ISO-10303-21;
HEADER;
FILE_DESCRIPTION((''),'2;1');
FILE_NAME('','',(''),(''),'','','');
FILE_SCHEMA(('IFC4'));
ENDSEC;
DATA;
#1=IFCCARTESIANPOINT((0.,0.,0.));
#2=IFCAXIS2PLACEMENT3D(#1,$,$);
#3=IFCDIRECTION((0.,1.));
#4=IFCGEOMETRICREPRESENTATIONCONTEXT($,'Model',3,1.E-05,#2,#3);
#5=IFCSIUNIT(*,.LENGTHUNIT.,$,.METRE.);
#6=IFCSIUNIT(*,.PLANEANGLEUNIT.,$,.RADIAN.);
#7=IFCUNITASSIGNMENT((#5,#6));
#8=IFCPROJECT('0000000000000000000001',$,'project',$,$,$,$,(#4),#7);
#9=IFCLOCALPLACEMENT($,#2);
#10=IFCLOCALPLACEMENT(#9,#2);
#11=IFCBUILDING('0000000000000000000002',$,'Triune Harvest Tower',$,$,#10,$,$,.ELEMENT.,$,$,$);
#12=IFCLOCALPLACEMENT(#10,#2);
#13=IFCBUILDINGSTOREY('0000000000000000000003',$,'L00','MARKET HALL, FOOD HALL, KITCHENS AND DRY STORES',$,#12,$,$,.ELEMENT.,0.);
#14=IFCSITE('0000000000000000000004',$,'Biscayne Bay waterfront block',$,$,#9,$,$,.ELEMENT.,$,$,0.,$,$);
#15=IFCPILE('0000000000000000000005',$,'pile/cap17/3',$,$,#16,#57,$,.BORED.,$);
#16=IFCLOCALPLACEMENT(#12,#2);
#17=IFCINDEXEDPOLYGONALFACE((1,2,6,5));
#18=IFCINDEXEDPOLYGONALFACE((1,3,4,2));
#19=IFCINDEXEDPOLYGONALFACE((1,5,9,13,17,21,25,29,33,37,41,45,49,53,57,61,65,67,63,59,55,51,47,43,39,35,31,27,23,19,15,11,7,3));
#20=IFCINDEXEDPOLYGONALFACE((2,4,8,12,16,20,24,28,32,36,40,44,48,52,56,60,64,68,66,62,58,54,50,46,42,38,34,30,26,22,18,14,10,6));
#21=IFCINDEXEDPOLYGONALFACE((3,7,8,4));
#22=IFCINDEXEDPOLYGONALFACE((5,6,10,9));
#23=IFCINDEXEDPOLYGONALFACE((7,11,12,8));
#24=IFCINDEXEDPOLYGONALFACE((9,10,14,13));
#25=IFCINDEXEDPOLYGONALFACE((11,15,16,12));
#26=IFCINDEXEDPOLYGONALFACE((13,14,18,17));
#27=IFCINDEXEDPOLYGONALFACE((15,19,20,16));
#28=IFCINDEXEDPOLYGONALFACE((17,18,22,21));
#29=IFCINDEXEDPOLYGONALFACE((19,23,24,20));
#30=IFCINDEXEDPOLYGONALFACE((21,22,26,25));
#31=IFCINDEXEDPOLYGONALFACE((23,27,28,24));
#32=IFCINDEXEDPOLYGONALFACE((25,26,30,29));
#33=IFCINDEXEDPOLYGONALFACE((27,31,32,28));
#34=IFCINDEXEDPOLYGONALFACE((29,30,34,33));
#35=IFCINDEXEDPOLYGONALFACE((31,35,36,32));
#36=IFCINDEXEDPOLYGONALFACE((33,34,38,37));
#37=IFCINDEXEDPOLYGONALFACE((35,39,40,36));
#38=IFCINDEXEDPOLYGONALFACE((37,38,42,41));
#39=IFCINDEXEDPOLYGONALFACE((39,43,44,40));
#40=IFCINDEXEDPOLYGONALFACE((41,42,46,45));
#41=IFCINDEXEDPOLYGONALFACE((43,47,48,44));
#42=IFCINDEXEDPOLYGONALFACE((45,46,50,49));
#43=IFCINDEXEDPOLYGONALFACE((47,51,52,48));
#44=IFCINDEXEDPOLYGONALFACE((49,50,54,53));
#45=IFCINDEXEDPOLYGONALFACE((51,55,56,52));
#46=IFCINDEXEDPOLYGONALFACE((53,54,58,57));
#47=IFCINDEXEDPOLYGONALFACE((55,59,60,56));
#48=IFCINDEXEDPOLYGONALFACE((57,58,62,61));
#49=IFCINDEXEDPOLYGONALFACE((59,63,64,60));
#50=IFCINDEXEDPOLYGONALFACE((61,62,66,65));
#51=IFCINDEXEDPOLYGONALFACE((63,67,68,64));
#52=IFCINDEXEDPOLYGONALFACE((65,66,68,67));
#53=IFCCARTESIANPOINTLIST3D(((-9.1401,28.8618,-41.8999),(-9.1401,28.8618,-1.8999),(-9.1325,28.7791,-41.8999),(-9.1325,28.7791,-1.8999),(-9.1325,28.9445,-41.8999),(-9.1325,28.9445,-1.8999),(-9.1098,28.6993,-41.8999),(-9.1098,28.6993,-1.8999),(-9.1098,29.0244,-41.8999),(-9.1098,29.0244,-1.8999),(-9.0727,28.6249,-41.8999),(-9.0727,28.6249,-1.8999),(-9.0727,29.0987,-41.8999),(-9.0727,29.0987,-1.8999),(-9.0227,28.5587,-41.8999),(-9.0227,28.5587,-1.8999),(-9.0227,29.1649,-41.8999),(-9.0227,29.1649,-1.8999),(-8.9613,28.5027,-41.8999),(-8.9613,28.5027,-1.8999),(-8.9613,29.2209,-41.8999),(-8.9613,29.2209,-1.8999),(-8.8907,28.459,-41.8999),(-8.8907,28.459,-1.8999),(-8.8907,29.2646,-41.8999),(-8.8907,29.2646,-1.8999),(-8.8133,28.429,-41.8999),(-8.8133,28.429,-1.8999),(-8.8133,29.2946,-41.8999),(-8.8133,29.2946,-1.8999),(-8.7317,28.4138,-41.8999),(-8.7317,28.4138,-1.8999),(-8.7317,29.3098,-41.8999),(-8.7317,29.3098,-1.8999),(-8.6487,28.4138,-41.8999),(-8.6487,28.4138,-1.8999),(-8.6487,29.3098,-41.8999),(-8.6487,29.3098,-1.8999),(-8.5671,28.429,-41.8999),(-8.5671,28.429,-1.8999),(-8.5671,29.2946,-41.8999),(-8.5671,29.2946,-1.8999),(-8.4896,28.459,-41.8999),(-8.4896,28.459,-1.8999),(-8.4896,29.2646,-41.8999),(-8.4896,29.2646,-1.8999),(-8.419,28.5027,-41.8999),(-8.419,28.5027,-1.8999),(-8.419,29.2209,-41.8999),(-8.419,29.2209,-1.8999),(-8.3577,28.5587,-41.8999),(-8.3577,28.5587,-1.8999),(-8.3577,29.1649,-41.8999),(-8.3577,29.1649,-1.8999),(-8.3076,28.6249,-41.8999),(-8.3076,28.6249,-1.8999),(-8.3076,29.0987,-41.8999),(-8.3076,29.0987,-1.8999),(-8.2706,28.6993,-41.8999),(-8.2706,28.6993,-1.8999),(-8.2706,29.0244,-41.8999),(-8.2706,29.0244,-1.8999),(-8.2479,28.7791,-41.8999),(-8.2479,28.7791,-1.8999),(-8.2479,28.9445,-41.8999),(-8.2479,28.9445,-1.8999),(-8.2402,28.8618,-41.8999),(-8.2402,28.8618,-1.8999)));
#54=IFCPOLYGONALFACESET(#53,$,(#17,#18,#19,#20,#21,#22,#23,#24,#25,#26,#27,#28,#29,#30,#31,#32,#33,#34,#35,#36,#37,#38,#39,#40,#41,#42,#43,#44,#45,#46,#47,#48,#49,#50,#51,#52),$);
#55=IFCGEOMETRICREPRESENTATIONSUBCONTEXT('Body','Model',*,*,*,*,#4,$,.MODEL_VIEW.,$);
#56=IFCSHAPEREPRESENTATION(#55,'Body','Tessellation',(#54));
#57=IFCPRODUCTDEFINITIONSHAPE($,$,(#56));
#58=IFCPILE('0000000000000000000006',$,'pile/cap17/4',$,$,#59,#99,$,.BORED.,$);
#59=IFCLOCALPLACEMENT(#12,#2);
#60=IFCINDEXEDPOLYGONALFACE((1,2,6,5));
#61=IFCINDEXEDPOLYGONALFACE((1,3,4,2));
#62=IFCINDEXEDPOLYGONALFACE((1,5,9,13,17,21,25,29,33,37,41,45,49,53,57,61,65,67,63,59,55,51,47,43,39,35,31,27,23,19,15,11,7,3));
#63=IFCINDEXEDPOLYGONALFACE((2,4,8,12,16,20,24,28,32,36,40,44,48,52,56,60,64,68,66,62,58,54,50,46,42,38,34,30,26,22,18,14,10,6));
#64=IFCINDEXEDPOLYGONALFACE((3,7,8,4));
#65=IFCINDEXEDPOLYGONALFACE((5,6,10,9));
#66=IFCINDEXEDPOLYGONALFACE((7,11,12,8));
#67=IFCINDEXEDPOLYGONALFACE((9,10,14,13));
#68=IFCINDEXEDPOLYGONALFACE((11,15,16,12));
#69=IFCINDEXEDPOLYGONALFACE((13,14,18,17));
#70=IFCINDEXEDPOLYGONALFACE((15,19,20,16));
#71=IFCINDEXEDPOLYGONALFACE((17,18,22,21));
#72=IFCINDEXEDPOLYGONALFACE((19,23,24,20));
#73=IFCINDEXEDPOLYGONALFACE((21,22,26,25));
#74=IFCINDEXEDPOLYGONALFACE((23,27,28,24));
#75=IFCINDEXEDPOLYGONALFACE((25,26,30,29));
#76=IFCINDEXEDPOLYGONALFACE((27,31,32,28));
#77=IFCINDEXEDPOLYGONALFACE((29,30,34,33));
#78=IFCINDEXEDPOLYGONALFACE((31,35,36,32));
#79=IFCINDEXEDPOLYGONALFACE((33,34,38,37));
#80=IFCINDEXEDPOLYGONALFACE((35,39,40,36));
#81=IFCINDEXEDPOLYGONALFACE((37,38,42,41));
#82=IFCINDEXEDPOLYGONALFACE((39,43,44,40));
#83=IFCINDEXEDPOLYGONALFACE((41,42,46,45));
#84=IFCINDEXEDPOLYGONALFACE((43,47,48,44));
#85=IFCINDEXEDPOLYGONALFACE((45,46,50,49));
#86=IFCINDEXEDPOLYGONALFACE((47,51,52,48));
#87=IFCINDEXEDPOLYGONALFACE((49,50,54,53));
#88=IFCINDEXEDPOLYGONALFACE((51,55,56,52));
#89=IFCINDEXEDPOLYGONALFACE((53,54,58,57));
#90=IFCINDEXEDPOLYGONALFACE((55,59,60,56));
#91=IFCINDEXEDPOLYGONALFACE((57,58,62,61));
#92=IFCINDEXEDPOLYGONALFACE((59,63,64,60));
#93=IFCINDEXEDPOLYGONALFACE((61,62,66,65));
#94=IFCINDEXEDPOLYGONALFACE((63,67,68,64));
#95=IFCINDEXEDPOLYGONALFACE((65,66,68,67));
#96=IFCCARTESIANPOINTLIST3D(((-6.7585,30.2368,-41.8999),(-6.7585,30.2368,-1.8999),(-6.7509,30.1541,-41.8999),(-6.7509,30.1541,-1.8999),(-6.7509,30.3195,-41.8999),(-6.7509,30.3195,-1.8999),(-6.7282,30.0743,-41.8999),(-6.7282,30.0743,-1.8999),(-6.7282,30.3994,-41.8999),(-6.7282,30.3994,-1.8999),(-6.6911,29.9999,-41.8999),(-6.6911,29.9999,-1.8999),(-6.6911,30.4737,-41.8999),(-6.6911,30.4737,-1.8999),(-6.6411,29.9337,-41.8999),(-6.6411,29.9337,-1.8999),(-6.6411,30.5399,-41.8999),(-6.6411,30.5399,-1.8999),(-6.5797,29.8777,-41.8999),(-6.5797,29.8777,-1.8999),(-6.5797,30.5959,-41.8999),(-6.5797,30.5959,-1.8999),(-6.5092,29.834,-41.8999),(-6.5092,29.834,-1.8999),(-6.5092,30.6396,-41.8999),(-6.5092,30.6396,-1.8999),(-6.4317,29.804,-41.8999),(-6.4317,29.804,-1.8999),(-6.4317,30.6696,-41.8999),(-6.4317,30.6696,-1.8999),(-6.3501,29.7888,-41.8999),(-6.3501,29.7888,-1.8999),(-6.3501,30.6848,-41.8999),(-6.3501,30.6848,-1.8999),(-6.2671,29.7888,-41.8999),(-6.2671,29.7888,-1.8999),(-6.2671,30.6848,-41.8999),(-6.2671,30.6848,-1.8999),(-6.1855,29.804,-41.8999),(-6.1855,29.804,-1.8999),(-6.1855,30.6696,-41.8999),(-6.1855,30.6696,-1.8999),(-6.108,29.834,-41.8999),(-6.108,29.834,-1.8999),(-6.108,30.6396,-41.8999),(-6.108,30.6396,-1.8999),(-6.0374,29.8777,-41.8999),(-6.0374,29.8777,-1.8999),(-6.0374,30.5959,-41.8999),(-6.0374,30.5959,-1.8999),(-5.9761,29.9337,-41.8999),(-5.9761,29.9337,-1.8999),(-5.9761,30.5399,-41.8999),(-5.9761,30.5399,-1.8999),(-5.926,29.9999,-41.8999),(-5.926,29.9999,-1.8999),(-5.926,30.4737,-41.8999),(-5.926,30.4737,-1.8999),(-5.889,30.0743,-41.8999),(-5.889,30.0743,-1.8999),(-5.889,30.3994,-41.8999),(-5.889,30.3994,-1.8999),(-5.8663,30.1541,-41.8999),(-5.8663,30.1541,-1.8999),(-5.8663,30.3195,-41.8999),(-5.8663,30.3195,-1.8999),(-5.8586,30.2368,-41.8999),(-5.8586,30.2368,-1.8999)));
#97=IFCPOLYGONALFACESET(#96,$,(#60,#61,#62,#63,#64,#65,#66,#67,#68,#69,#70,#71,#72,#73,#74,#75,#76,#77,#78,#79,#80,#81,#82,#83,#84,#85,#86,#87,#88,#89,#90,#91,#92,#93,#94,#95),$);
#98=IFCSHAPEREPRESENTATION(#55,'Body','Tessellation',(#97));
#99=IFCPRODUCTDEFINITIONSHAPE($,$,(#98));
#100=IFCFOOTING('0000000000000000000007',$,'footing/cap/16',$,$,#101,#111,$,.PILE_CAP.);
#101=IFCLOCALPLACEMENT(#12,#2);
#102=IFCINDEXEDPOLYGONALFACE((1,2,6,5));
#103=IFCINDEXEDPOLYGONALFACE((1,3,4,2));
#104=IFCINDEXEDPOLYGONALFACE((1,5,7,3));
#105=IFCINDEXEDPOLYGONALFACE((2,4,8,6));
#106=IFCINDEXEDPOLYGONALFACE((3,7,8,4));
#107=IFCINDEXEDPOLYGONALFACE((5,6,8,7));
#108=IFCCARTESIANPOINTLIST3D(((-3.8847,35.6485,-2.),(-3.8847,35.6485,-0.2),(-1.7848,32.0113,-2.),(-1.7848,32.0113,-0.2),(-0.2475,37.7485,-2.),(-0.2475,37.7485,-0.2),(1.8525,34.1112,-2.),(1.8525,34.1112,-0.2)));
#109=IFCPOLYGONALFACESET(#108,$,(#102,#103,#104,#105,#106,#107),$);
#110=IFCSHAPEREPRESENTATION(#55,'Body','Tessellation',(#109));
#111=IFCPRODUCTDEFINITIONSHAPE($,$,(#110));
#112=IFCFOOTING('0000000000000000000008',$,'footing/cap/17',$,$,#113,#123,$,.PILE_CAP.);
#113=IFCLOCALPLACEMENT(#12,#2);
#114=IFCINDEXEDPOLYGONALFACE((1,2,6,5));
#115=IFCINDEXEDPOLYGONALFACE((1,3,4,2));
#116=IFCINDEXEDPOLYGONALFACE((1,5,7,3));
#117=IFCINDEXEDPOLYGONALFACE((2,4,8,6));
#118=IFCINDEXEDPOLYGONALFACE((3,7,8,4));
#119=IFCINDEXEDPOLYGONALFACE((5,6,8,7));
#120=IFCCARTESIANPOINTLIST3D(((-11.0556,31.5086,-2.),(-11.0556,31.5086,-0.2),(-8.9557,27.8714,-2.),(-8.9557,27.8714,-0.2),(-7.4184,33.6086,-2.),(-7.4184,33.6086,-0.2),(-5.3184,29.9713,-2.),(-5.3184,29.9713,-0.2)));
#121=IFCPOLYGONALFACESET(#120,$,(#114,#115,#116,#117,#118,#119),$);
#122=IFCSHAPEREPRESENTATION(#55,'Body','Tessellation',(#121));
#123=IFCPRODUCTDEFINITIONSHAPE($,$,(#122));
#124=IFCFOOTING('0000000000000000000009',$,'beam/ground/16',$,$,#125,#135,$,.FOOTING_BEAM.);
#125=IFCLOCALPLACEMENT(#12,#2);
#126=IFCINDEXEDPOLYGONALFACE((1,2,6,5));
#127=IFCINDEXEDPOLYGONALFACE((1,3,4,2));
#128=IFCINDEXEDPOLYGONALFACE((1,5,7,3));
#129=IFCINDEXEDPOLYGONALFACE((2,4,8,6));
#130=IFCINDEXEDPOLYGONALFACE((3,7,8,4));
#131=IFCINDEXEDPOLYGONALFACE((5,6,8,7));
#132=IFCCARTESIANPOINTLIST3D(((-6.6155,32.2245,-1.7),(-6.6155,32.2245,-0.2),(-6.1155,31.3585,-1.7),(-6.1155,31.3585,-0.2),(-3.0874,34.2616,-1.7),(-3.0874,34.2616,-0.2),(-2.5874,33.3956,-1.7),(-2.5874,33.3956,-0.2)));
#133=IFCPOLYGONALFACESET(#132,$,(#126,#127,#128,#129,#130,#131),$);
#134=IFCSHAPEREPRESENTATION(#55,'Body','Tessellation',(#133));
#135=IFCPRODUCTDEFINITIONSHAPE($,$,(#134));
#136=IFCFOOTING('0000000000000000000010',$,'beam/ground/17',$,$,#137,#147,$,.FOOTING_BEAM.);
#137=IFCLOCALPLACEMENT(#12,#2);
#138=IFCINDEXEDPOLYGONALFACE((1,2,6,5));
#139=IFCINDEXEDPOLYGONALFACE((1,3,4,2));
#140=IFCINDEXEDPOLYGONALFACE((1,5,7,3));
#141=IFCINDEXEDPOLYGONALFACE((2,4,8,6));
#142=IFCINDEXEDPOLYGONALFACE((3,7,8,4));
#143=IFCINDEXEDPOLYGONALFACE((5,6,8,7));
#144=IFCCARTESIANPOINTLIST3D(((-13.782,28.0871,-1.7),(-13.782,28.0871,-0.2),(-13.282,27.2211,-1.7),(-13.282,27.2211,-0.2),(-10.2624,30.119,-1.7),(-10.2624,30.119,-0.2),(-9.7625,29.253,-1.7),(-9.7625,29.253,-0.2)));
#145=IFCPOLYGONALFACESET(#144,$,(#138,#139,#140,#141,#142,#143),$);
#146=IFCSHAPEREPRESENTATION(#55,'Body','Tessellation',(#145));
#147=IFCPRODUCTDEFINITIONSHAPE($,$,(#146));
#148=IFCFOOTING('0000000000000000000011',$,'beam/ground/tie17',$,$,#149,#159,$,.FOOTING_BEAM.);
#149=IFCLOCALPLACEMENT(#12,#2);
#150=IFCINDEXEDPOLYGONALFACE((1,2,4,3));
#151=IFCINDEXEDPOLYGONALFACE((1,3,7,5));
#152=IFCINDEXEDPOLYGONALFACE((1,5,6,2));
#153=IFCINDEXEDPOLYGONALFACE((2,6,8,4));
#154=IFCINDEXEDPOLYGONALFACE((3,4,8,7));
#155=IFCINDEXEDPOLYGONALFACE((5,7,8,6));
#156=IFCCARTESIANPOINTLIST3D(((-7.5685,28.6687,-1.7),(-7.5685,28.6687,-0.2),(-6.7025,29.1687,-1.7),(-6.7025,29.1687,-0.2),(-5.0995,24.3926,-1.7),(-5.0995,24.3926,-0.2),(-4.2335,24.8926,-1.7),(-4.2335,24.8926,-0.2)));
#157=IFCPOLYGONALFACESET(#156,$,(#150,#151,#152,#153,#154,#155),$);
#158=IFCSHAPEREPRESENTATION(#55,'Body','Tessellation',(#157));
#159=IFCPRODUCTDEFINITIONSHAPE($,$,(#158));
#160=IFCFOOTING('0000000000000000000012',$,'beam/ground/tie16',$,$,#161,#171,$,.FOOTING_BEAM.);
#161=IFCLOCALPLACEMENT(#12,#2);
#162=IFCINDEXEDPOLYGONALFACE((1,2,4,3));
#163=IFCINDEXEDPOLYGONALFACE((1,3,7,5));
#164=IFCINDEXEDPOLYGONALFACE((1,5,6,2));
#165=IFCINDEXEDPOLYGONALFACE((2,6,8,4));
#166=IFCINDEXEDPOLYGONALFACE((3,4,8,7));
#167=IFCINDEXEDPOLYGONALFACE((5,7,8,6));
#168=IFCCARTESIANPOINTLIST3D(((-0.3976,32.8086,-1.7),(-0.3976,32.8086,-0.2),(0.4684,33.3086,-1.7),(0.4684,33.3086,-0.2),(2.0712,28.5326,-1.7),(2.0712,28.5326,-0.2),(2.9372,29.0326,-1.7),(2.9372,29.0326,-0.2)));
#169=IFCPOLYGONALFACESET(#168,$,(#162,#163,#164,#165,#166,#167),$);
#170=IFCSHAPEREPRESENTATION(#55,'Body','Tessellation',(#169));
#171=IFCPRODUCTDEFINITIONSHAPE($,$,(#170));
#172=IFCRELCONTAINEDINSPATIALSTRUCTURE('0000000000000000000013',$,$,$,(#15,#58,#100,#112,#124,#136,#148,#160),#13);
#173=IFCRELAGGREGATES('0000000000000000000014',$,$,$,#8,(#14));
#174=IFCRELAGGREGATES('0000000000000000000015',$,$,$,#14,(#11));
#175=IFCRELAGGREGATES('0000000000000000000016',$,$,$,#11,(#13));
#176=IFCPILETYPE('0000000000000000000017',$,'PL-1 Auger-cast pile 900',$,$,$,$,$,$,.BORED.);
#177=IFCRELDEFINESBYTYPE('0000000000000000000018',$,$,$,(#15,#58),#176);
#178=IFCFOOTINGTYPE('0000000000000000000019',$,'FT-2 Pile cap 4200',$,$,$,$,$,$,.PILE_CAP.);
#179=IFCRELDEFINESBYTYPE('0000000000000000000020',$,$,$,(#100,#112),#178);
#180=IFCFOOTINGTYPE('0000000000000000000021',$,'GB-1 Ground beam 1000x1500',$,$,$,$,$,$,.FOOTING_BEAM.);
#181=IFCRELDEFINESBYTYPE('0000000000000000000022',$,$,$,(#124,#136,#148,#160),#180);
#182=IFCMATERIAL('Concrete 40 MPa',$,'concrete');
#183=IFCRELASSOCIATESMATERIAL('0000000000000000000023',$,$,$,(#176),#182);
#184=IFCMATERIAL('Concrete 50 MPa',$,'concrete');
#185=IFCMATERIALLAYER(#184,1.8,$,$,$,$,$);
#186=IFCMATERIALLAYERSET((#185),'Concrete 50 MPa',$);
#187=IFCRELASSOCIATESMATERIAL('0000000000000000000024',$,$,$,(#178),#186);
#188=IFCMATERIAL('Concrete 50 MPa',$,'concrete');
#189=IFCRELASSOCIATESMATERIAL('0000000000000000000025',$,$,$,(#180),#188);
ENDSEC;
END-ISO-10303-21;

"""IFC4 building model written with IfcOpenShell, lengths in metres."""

from ifc_helpers import new_model, si_unit, direction, frame, origin, origin_2d, place, context, subcontext, project, spatial, rectangle, circle, extrude, source, transform, mapped, material, layer, layer_set, material_profile, profile_set, type_object, element, save


model = new_model("IFC4")

# Units and contexts
model_context = context("Model", 3, precision=1e-05, world=origin(), true_north=direction((0.0, 1.0)))
body_context = subcontext(model_context, "Body", "Model", "MODEL_VIEW")
ifc_project = project(units=[si_unit("LENGTHUNIT", "METRE"), si_unit("PLANEANGLEUNIT", "RADIAN")], contexts=[model_context])

# Site, building, storey
site_placement = place(None, origin())
site = spatial("IfcSite", under=ifc_project, at=site_placement, Name="Biscayne Bay waterfront block", CompositionType="ELEMENT", RefElevation=0.0)
building_placement = place(site_placement, origin())
building = spatial("IfcBuilding", under=site, at=building_placement, Name="Triune Harvest Tower", CompositionType="ELEMENT")
storey_placement = place(building_placement, origin())
storey = spatial("IfcBuildingStorey", under=building, at=storey_placement, Name="L00", Description="MARKET HALL, FOOD HALL, KITCHENS AND DRY STORES", CompositionType="ELEMENT", Elevation=0.0)

# Piles
ifc_material_1 = material(Name="Concrete 40 MPa", Category="concrete")
ifc_material_profile_1 = material_profile(ifc_material_1, circle(Radius=0.45, at=origin_2d()), Name="Bored 900")
ifc_profile_set_1 = profile_set([ifc_material_profile_1], Name="Concrete 40 MPa")
pile_type = type_object("IfcPileType", Name="PL-1 Auger-cast pile 900", PredefinedType="BORED", material=ifc_profile_set_1)
shared_shape_1 = source(origin(), body_context, "Body", "SweptSolid", [
    extrude(circle(Radius=0.45, at=origin_2d()), origin(), (0.0, 0.0, 1.0), 40.0),
])
for number, where, z_axis, x_axis, name in (
    (1, (-8.6902, 28.8618, -1.8999), (0.0, 0.0, -1.0), (1.0, 0.0, 0.0), "pile/cap17/3"),
    (2, (-6.3086, 30.2368, -1.8999), (0.0, 0.0, -1.0), (1.0, 0.0, 0.0), "pile/cap17/4"),
):
    element("IfcPile", number, at=place(storey_placement, frame(where, z_axis=z_axis, x_axis=x_axis)), inside=storey, type_object=pile_type, Name=name, PredefinedType="BORED", context=body_context, shape_type="MappedRepresentation", body=[
        mapped(shared_shape_1, transform((0.0, 0.0, 0.0), scale=1.0)),
    ])

# Footings
ifc_material_2 = material(Name="Concrete 50 MPa", Category="concrete")
ifc_layer_1 = layer(ifc_material_2, 1.8)
ifc_layer_set_1 = layer_set([ifc_layer_1], Name="Concrete 50 MPa")
footing_type_1 = type_object("IfcFootingType", Name="FT-2 Pile cap 4200", PredefinedType="PILE_CAP", material=ifc_layer_set_1)
shared_shape_2 = source(origin(), body_context, "Body", "SweptSolid", [
    extrude(rectangle(XDim=4.2, YDim=4.2, at=origin_2d()), origin(), (0.0, 0.0, 1.0), 1.8),
])
for number, where, z_axis, x_axis, name in (
    (3, (-1.0161, 34.8799, -2.0), (0.0, 0.0, 1.0), (-0.866025, -0.5, 0.0), "footing/cap/16"),
    (4, (-8.187, 30.74, -2.0), (0.0, 0.0, 1.0), (-0.866025, -0.5, 0.0), "footing/cap/17"),
):
    element("IfcFooting", number, at=place(storey_placement, frame(where, z_axis=z_axis, x_axis=x_axis)), inside=storey, type_object=footing_type_1, Name=name, PredefinedType="PILE_CAP", context=body_context, shape_type="MappedRepresentation", body=[
        mapped(shared_shape_2, transform((0.0, 0.0, 0.0), scale=1.0)),
    ])
ifc_material_3 = material(Name="Concrete 50 MPa", Category="concrete")
ifc_material_profile_2 = material_profile(ifc_material_3, rectangle(XDim=1.0, YDim=1.5, at=origin_2d()), Name="Concrete 1000x1500")
ifc_profile_set_2 = profile_set([ifc_material_profile_2], Name="Concrete 50 MPa")
footing_type_2 = type_object("IfcFootingType", Name="GB-1 Ground beam 1000x1500", PredefinedType="FOOTING_BEAM", material=ifc_profile_set_2)
shared_shape_3 = source(origin(), body_context, "Body", "SweptSolid", [
    extrude(rectangle(XDim=1.0, YDim=1.5, at=origin_2d()), origin(), (0.0, 0.0, 1.0), 4.074),
])
footing_1_placement = place(storey_placement, frame((-2.8374, 33.8286, -0.95), z_axis=(-0.866007, -0.500032, 0.0), x_axis=(0.500032, -0.866007, 0.0)))
element("IfcFooting", 5, at=footing_1_placement, inside=storey, type_object=footing_type_2, Name="beam/ground/16", PredefinedType="FOOTING_BEAM", context=body_context, shape_type="MappedRepresentation", body=[
    mapped(shared_shape_3, transform((0.0, 0.0, 0.0), scale=1.0)),
])
shared_shape_4 = source(origin(), body_context, "Body", "SweptSolid", [
    extrude(rectangle(XDim=1.0, YDim=1.5, at=origin_2d()), origin(), (0.0, 0.0, 1.0), 4.064),
])
footing_2_placement = place(storey_placement, frame((-10.0125, 29.686, -0.95), z_axis=(-0.866028, -0.499996, 0.0), x_axis=(0.499996, -0.866028, 0.0)))
element("IfcFooting", 6, at=footing_2_placement, inside=storey, type_object=footing_type_2, Name="beam/ground/17", PredefinedType="FOOTING_BEAM", context=body_context, shape_type="MappedRepresentation", body=[
    mapped(shared_shape_4, transform((0.0, 0.0, 0.0), scale=1.0)),
])
shared_shape_5 = source(origin(), body_context, "Body", "SweptSolid", [
    extrude(rectangle(XDim=1.0, YDim=1.5, at=origin_2d()), origin(), (0.0, 0.0, 1.0), 4.9377),
])
footing_3_placement = place(storey_placement, frame((-7.1355, 28.9187, -0.95), z_axis=(0.500026, -0.86601, 0.0), x_axis=(0.86601, 0.500026, 0.0)))
element("IfcFooting", 7, at=footing_3_placement, inside=storey, type_object=footing_type_2, Name="beam/ground/tie17", PredefinedType="FOOTING_BEAM", context=body_context, shape_type="MappedRepresentation", body=[
    mapped(shared_shape_5, transform((0.0, 0.0, 0.0), scale=1.0)),
])
shared_shape_6 = source(origin(), body_context, "Body", "SweptSolid", [
    extrude(rectangle(XDim=1.0, YDim=1.5, at=origin_2d()), origin(), (0.0, 0.0, 1.0), 4.9375),
])
footing_4_placement = place(storey_placement, frame((0.0354, 33.0586, -0.95), z_axis=(0.500011, -0.866019, 0.0), x_axis=(0.866019, 0.500011, 0.0)))
element("IfcFooting", 8, at=footing_4_placement, inside=storey, type_object=footing_type_2, Name="beam/ground/tie16", PredefinedType="FOOTING_BEAM", context=body_context, shape_type="MappedRepresentation", body=[
    mapped(shared_shape_6, transform((0.0, 0.0, 0.0), scale=1.0)),
])

save(model, "model.ifc")
